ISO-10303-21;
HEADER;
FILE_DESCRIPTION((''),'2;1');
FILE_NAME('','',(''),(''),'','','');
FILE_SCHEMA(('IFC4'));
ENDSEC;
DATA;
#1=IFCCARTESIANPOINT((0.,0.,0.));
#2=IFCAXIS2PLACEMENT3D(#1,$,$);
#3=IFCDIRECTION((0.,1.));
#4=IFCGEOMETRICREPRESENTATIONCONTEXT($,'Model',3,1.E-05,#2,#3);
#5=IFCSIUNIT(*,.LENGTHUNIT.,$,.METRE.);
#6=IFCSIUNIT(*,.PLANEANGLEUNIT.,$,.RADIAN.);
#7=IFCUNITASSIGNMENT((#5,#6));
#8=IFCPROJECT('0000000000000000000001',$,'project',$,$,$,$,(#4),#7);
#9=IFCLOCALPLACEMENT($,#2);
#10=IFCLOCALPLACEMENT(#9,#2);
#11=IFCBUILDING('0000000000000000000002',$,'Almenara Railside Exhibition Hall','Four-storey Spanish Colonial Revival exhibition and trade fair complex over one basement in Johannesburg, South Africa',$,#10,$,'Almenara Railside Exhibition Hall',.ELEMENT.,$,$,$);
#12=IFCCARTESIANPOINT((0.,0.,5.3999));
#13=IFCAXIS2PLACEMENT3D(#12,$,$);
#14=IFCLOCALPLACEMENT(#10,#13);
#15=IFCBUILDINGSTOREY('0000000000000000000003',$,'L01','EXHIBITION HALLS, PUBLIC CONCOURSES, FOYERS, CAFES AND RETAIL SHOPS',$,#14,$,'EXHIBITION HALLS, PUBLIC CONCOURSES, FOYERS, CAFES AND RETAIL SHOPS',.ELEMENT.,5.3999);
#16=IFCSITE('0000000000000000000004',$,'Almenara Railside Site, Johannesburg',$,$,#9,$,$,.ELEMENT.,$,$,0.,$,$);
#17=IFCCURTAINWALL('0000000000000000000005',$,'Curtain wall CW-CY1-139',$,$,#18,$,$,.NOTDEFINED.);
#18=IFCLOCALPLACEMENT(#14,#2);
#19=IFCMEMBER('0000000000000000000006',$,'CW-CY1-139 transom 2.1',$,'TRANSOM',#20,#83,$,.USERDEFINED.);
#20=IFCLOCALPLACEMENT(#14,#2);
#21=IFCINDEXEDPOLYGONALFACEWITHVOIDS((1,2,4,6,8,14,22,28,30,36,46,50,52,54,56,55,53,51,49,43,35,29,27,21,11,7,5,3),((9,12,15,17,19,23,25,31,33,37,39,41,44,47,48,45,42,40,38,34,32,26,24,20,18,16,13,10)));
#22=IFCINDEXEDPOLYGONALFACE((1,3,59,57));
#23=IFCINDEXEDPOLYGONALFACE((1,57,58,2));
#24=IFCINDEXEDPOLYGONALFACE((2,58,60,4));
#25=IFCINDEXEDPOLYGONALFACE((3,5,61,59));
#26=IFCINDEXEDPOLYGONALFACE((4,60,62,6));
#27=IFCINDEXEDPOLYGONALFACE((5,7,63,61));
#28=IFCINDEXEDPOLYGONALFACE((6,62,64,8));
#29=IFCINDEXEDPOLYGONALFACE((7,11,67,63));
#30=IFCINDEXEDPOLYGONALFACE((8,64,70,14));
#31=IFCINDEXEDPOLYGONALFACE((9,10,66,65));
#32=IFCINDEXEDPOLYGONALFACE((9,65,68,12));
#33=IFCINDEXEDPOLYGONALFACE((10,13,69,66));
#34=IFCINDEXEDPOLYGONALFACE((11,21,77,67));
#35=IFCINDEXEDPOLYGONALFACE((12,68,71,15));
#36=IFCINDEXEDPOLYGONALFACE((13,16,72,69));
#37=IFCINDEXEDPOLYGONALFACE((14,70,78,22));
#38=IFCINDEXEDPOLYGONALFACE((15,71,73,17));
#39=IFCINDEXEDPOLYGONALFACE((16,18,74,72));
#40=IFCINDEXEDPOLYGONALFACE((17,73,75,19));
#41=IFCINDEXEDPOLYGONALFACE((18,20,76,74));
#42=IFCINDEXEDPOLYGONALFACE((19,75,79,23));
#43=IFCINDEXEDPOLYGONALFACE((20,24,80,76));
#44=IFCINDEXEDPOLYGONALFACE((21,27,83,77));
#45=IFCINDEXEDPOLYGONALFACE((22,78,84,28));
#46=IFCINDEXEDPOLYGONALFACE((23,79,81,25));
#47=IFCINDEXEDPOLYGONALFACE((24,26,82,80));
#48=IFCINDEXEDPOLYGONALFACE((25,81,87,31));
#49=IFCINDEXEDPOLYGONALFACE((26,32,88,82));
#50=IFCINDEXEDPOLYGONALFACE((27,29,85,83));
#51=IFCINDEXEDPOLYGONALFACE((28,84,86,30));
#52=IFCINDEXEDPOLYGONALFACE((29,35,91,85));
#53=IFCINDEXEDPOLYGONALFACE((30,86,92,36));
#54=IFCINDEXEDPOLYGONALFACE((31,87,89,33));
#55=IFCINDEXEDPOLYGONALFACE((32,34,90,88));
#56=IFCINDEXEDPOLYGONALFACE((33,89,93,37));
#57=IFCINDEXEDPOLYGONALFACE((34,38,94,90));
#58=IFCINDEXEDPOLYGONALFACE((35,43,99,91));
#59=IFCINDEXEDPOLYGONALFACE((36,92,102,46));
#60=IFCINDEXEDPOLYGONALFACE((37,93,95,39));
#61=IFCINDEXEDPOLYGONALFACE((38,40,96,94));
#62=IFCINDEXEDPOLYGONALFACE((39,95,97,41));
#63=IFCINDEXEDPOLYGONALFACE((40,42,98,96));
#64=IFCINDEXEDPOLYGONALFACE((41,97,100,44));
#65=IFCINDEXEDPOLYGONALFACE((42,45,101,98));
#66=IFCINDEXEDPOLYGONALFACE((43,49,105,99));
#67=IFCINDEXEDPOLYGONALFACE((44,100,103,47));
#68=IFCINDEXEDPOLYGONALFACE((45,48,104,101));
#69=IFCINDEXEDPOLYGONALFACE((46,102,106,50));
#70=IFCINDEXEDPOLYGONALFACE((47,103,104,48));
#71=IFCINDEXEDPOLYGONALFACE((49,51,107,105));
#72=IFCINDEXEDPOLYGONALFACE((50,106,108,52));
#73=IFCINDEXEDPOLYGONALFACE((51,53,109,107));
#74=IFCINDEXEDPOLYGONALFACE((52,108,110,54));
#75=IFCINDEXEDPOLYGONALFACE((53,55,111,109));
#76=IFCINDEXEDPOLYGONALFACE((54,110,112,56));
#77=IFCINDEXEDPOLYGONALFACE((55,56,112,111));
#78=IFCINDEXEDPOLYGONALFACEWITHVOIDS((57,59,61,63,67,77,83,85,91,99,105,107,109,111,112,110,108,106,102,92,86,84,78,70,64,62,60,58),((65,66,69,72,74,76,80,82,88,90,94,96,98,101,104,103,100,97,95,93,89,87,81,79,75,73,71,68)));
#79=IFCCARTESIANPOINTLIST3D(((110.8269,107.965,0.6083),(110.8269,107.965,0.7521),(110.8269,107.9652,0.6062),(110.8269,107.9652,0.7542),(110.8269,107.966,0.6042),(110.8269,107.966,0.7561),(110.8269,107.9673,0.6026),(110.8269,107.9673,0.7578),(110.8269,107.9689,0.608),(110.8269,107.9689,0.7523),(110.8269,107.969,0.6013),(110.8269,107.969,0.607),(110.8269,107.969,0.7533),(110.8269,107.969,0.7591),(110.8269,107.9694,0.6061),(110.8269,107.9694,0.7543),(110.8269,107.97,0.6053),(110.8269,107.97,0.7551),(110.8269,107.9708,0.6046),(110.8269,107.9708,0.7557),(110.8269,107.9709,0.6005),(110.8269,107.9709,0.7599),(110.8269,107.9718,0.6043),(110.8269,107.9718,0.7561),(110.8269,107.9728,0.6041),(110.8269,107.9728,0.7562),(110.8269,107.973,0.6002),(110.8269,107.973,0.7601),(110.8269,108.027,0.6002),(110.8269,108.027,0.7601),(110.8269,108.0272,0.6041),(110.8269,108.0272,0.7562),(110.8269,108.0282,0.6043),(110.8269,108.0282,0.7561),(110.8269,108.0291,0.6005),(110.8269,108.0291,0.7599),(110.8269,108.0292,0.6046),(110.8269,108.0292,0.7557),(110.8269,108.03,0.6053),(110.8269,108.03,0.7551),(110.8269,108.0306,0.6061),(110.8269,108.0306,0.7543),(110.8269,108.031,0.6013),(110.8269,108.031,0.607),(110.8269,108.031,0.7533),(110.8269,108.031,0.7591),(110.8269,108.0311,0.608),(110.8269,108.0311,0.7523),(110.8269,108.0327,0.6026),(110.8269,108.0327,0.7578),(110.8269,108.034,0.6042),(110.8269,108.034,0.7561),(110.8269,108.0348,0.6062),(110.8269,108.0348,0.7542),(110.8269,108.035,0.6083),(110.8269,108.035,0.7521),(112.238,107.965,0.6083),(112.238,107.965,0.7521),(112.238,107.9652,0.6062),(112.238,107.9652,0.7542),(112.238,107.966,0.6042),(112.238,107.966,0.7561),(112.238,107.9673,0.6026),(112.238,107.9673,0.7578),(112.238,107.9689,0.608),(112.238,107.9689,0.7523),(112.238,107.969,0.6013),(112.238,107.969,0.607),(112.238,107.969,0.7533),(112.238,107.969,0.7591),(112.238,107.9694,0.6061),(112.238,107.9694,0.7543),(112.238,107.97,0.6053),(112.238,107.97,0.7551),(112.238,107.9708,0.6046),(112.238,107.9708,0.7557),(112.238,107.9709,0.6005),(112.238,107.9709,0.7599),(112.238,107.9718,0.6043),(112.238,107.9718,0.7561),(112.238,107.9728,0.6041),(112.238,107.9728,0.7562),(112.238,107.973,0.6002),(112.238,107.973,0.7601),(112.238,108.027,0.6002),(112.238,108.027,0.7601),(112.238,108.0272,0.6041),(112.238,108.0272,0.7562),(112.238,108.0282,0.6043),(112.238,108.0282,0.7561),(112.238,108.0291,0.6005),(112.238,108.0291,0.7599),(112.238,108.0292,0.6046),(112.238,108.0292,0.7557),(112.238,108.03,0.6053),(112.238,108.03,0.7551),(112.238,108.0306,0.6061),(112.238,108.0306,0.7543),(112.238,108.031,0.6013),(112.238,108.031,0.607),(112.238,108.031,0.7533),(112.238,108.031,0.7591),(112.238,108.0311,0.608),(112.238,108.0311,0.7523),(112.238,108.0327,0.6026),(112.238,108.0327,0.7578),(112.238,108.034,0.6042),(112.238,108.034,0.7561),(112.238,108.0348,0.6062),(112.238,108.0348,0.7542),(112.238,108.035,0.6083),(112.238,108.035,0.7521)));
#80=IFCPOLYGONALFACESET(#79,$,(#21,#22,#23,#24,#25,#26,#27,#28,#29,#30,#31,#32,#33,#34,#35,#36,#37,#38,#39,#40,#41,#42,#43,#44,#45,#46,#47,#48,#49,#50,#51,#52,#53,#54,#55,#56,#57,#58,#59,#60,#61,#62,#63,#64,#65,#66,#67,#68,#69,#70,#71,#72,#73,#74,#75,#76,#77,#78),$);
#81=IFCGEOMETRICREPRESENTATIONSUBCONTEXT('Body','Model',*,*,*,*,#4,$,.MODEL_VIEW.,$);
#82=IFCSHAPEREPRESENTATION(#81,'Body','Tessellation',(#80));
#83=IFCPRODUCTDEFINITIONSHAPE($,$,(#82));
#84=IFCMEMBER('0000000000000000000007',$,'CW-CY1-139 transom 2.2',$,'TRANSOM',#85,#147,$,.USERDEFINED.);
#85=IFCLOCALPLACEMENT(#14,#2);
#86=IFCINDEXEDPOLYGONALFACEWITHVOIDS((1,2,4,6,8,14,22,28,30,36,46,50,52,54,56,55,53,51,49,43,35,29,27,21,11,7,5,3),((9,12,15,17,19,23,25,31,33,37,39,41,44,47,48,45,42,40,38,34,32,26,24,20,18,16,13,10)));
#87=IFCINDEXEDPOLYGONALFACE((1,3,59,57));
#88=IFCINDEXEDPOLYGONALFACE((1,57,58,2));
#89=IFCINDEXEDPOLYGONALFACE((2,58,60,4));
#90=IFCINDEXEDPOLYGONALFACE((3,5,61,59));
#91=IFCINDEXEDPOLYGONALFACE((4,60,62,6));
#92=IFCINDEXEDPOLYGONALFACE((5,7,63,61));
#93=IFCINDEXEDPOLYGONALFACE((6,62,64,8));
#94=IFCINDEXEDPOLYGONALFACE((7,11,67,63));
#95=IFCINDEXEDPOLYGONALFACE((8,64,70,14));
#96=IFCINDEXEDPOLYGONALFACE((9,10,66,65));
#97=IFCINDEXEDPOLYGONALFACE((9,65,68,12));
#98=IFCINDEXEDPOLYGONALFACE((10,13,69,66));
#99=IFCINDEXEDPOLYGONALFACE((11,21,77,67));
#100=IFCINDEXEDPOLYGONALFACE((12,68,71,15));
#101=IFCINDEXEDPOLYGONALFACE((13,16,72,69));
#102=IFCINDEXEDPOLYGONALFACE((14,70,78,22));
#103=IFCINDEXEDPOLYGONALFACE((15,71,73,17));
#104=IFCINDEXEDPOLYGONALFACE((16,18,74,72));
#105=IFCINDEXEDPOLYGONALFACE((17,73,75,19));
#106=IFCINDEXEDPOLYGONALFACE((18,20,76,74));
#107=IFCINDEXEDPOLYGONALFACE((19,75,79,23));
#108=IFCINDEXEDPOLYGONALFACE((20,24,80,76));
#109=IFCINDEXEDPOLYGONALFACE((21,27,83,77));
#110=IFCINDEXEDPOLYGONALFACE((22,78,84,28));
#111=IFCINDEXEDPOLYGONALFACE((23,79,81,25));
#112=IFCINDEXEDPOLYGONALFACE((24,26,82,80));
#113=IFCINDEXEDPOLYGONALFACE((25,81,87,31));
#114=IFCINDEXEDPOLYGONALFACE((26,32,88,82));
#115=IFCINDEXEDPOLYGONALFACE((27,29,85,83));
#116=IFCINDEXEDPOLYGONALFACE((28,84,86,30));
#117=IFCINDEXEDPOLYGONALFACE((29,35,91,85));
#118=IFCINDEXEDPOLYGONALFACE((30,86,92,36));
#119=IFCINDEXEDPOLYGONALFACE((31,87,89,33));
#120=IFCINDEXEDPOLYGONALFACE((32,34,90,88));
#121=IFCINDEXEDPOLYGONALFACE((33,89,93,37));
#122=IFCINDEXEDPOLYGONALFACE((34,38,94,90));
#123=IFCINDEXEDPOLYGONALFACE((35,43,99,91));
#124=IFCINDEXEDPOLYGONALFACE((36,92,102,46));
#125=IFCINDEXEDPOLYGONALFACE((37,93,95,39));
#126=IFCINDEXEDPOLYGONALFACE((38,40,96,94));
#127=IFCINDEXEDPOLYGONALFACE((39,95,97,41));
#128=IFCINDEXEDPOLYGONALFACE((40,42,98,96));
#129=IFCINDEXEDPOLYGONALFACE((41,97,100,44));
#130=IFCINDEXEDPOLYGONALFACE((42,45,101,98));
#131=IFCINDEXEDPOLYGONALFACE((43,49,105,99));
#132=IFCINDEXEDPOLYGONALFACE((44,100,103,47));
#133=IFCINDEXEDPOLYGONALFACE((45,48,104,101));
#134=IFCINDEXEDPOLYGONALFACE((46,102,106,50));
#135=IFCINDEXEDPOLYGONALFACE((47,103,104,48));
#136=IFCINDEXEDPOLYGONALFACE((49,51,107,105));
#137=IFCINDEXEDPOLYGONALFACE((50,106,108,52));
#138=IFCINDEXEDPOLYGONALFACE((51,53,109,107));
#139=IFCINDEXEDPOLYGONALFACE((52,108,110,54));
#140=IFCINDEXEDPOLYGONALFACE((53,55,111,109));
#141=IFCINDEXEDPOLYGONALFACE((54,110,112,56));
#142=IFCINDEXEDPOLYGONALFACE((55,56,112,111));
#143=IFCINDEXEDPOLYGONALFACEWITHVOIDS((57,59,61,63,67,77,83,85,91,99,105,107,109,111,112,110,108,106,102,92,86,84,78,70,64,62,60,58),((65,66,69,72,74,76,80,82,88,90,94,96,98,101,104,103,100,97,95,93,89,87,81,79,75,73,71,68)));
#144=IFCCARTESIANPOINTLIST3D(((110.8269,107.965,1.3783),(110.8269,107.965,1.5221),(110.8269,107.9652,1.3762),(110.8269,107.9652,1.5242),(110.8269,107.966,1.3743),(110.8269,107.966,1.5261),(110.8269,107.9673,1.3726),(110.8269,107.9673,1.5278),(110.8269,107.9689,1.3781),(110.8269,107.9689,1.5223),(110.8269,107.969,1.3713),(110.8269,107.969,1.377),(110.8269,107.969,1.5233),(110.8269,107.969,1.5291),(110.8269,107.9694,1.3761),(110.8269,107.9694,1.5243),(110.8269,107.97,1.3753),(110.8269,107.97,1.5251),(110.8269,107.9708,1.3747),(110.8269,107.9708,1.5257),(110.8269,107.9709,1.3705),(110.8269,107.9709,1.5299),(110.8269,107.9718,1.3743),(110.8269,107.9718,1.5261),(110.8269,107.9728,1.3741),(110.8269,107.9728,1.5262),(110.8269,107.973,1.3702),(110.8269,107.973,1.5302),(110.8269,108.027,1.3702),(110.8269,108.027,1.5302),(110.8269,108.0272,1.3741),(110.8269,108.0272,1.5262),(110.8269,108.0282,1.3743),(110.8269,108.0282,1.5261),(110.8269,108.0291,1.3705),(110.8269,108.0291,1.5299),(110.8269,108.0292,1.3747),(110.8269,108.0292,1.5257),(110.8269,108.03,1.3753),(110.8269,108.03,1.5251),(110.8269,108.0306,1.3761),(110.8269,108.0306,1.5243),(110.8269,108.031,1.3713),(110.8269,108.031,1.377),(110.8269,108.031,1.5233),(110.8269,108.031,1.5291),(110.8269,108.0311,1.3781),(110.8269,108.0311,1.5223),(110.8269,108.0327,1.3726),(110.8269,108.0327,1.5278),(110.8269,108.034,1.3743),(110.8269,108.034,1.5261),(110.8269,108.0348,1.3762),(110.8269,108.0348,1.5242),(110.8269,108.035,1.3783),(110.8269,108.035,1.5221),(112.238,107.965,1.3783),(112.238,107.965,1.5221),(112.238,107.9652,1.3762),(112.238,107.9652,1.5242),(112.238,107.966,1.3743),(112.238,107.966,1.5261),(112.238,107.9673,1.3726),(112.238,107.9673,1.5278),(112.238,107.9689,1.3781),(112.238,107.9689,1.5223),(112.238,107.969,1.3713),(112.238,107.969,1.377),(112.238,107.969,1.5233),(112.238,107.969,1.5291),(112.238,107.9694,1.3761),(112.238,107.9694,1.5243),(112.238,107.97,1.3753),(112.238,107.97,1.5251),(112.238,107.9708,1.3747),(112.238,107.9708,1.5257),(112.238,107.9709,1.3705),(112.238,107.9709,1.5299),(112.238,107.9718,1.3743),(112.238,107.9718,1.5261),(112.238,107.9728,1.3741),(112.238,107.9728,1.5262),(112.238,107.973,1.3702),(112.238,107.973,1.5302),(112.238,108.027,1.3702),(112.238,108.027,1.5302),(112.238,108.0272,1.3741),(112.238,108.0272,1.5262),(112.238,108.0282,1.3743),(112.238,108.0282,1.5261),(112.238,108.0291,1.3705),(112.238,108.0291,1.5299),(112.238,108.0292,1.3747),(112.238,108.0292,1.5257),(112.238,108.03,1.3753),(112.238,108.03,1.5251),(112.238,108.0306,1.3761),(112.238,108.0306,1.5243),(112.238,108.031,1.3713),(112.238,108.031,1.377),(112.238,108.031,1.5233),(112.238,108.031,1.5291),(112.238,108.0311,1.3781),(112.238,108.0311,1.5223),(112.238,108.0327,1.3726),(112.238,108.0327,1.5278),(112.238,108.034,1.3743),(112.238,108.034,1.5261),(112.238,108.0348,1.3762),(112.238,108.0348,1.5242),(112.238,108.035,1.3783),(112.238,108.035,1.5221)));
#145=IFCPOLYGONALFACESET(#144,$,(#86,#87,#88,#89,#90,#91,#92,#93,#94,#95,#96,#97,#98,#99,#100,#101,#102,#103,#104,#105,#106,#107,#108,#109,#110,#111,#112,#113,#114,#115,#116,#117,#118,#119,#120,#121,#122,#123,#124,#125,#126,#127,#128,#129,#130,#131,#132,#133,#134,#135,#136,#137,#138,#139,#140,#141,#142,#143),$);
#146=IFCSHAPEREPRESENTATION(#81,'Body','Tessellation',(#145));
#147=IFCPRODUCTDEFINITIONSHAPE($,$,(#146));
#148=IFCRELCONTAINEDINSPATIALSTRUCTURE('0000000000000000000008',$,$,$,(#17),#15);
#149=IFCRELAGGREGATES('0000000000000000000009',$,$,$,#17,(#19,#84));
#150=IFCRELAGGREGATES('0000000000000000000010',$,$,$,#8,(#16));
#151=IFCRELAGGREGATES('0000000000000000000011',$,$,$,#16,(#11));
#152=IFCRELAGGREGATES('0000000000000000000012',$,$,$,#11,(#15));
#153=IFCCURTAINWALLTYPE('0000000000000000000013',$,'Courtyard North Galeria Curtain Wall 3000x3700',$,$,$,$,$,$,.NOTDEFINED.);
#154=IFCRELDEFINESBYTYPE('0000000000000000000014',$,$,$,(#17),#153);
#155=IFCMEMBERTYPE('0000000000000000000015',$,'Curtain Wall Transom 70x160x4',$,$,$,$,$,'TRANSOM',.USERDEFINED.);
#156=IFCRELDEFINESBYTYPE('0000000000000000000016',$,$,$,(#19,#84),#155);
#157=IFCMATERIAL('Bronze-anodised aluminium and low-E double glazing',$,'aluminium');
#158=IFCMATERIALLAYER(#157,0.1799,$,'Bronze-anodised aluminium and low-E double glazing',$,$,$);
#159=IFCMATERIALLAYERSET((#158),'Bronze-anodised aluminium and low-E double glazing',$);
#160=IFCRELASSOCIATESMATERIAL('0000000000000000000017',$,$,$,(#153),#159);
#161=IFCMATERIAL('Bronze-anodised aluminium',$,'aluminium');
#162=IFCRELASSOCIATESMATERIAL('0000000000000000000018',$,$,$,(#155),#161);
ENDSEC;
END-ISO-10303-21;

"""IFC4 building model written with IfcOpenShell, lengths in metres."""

from ifc_helpers import new_model, si_unit, direction, frame, origin, origin_2d, place, context, subcontext, project, spatial, hollow_rectangle, extrude, material, layer, layer_set, material_profile, profile_set, type_object, element, aggregate, save


model = new_model("IFC4")

# Units and contexts
model_context = context("Model", 3, precision=1e-05, world=origin(), true_north=direction((0.0, 1.0)))
body_context = subcontext(model_context, "Body", "Model", "MODEL_VIEW")
ifc_project = project(units=[si_unit("LENGTHUNIT", "METRE"), si_unit("PLANEANGLEUNIT", "RADIAN")], contexts=[model_context])

# Site, building, storey
site_placement = place(None, origin())
site = spatial("IfcSite", under=ifc_project, at=site_placement, Name="Almenara Railside Site, Johannesburg", CompositionType="ELEMENT", RefElevation=0.0)
building_placement = place(site_placement, origin())
building = spatial("IfcBuilding", under=site, at=building_placement, Name="Almenara Railside Exhibition Hall", Description="Four-storey Spanish Colonial Revival exhibition and trade fair complex over one basement in Johannesburg, South Africa", LongName="Almenara Railside Exhibition Hall", CompositionType="ELEMENT")
storey_placement = place(building_placement, frame((0.0, 0.0, 5.3999)))
storey = spatial("IfcBuildingStorey", under=building, at=storey_placement, Name="L01", Description="EXHIBITION HALLS, PUBLIC CONCOURSES, FOYERS, CAFES AND RETAIL SHOPS", LongName="EXHIBITION HALLS, PUBLIC CONCOURSES, FOYERS, CAFES AND RETAIL SHOPS", CompositionType="ELEMENT", Elevation=5.3999)

# Shared definitions
ifc_material_1 = material(Name="Bronze-anodised aluminium and low-E double glazing", Category="aluminium")
ifc_layer_1 = layer(ifc_material_1, 0.1799, Name="Bronze-anodised aluminium and low-E double glazing")
ifc_layer_set_1 = layer_set([ifc_layer_1], Name="Bronze-anodised aluminium and low-E double glazing")
curtain_wall_type = type_object("IfcCurtainWallType", Name="Courtyard North Galeria Curtain Wall 3000x3700", PredefinedType="NOTDEFINED", material=ifc_layer_set_1)
ifc_material_2 = material(Name="Bronze-anodised aluminium", Category="aluminium")

# Curtain wall
curtain_wall_1_placement = place(storey_placement, origin())
curtain_wall_1 = element("IfcCurtainWall", 1, at=curtain_wall_1_placement, inside=storey, type_object=curtain_wall_type, Name="Curtain wall CW-CY1-139", PredefinedType="NOTDEFINED")

# Members
ifc_material_profile_1 = material_profile(ifc_material_2, hollow_rectangle(XDim=0.0701, YDim=0.1599, WallThickness=0.0039, InnerFilletRadius=0.0039, OuterFilletRadius=0.0081, at=origin_2d()), Name="ALU-TRN 70x160x4")
ifc_profile_set_1 = profile_set([ifc_material_profile_1], Name="Bronze-anodised aluminium")
member_type_1 = type_object("IfcMemberType", Name="Curtain Wall Transom 70x160x4", ElementType="TRANSOM", PredefinedType="USERDEFINED", material=ifc_profile_set_1)
member_1_placement = place(storey_placement, frame((110.8269, 108.0, 0.6802), z_axis=(1.0, 0.0, 0.0), x_axis=(0.0, 1.0, 0.0)))
member_1 = element("IfcMember", 2, at=member_1_placement, type_object=member_type_1, Name="CW-CY1-139 transom 2.1", ObjectType="TRANSOM", PredefinedType="USERDEFINED", context=body_context, shape_type="SweptSolid", body=[
    extrude(hollow_rectangle(XDim=0.0701, YDim=0.1599, WallThickness=0.0039, InnerFilletRadius=0.0039, OuterFilletRadius=0.0081, at=origin_2d()), origin(), (0.0, 0.0, 1.0), 1.4111),
])
member_2_placement = place(storey_placement, frame((110.8269, 108.0, 1.4502), z_axis=(1.0, 0.0, 0.0), x_axis=(0.0, 1.0, 0.0)))
member_2 = element("IfcMember", 3, at=member_2_placement, type_object=member_type_1, Name="CW-CY1-139 transom 2.2", ObjectType="TRANSOM", PredefinedType="USERDEFINED", context=body_context, shape_type="SweptSolid", body=[
    extrude(hollow_rectangle(XDim=0.0701, YDim=0.1599, WallThickness=0.0039, InnerFilletRadius=0.0039, OuterFilletRadius=0.0081, at=origin_2d()), origin(), (0.0, 0.0, 1.0), 1.4111),
])

aggregate(curtain_wall_1, [member_1, member_2])

save(model, "model.ifc")
